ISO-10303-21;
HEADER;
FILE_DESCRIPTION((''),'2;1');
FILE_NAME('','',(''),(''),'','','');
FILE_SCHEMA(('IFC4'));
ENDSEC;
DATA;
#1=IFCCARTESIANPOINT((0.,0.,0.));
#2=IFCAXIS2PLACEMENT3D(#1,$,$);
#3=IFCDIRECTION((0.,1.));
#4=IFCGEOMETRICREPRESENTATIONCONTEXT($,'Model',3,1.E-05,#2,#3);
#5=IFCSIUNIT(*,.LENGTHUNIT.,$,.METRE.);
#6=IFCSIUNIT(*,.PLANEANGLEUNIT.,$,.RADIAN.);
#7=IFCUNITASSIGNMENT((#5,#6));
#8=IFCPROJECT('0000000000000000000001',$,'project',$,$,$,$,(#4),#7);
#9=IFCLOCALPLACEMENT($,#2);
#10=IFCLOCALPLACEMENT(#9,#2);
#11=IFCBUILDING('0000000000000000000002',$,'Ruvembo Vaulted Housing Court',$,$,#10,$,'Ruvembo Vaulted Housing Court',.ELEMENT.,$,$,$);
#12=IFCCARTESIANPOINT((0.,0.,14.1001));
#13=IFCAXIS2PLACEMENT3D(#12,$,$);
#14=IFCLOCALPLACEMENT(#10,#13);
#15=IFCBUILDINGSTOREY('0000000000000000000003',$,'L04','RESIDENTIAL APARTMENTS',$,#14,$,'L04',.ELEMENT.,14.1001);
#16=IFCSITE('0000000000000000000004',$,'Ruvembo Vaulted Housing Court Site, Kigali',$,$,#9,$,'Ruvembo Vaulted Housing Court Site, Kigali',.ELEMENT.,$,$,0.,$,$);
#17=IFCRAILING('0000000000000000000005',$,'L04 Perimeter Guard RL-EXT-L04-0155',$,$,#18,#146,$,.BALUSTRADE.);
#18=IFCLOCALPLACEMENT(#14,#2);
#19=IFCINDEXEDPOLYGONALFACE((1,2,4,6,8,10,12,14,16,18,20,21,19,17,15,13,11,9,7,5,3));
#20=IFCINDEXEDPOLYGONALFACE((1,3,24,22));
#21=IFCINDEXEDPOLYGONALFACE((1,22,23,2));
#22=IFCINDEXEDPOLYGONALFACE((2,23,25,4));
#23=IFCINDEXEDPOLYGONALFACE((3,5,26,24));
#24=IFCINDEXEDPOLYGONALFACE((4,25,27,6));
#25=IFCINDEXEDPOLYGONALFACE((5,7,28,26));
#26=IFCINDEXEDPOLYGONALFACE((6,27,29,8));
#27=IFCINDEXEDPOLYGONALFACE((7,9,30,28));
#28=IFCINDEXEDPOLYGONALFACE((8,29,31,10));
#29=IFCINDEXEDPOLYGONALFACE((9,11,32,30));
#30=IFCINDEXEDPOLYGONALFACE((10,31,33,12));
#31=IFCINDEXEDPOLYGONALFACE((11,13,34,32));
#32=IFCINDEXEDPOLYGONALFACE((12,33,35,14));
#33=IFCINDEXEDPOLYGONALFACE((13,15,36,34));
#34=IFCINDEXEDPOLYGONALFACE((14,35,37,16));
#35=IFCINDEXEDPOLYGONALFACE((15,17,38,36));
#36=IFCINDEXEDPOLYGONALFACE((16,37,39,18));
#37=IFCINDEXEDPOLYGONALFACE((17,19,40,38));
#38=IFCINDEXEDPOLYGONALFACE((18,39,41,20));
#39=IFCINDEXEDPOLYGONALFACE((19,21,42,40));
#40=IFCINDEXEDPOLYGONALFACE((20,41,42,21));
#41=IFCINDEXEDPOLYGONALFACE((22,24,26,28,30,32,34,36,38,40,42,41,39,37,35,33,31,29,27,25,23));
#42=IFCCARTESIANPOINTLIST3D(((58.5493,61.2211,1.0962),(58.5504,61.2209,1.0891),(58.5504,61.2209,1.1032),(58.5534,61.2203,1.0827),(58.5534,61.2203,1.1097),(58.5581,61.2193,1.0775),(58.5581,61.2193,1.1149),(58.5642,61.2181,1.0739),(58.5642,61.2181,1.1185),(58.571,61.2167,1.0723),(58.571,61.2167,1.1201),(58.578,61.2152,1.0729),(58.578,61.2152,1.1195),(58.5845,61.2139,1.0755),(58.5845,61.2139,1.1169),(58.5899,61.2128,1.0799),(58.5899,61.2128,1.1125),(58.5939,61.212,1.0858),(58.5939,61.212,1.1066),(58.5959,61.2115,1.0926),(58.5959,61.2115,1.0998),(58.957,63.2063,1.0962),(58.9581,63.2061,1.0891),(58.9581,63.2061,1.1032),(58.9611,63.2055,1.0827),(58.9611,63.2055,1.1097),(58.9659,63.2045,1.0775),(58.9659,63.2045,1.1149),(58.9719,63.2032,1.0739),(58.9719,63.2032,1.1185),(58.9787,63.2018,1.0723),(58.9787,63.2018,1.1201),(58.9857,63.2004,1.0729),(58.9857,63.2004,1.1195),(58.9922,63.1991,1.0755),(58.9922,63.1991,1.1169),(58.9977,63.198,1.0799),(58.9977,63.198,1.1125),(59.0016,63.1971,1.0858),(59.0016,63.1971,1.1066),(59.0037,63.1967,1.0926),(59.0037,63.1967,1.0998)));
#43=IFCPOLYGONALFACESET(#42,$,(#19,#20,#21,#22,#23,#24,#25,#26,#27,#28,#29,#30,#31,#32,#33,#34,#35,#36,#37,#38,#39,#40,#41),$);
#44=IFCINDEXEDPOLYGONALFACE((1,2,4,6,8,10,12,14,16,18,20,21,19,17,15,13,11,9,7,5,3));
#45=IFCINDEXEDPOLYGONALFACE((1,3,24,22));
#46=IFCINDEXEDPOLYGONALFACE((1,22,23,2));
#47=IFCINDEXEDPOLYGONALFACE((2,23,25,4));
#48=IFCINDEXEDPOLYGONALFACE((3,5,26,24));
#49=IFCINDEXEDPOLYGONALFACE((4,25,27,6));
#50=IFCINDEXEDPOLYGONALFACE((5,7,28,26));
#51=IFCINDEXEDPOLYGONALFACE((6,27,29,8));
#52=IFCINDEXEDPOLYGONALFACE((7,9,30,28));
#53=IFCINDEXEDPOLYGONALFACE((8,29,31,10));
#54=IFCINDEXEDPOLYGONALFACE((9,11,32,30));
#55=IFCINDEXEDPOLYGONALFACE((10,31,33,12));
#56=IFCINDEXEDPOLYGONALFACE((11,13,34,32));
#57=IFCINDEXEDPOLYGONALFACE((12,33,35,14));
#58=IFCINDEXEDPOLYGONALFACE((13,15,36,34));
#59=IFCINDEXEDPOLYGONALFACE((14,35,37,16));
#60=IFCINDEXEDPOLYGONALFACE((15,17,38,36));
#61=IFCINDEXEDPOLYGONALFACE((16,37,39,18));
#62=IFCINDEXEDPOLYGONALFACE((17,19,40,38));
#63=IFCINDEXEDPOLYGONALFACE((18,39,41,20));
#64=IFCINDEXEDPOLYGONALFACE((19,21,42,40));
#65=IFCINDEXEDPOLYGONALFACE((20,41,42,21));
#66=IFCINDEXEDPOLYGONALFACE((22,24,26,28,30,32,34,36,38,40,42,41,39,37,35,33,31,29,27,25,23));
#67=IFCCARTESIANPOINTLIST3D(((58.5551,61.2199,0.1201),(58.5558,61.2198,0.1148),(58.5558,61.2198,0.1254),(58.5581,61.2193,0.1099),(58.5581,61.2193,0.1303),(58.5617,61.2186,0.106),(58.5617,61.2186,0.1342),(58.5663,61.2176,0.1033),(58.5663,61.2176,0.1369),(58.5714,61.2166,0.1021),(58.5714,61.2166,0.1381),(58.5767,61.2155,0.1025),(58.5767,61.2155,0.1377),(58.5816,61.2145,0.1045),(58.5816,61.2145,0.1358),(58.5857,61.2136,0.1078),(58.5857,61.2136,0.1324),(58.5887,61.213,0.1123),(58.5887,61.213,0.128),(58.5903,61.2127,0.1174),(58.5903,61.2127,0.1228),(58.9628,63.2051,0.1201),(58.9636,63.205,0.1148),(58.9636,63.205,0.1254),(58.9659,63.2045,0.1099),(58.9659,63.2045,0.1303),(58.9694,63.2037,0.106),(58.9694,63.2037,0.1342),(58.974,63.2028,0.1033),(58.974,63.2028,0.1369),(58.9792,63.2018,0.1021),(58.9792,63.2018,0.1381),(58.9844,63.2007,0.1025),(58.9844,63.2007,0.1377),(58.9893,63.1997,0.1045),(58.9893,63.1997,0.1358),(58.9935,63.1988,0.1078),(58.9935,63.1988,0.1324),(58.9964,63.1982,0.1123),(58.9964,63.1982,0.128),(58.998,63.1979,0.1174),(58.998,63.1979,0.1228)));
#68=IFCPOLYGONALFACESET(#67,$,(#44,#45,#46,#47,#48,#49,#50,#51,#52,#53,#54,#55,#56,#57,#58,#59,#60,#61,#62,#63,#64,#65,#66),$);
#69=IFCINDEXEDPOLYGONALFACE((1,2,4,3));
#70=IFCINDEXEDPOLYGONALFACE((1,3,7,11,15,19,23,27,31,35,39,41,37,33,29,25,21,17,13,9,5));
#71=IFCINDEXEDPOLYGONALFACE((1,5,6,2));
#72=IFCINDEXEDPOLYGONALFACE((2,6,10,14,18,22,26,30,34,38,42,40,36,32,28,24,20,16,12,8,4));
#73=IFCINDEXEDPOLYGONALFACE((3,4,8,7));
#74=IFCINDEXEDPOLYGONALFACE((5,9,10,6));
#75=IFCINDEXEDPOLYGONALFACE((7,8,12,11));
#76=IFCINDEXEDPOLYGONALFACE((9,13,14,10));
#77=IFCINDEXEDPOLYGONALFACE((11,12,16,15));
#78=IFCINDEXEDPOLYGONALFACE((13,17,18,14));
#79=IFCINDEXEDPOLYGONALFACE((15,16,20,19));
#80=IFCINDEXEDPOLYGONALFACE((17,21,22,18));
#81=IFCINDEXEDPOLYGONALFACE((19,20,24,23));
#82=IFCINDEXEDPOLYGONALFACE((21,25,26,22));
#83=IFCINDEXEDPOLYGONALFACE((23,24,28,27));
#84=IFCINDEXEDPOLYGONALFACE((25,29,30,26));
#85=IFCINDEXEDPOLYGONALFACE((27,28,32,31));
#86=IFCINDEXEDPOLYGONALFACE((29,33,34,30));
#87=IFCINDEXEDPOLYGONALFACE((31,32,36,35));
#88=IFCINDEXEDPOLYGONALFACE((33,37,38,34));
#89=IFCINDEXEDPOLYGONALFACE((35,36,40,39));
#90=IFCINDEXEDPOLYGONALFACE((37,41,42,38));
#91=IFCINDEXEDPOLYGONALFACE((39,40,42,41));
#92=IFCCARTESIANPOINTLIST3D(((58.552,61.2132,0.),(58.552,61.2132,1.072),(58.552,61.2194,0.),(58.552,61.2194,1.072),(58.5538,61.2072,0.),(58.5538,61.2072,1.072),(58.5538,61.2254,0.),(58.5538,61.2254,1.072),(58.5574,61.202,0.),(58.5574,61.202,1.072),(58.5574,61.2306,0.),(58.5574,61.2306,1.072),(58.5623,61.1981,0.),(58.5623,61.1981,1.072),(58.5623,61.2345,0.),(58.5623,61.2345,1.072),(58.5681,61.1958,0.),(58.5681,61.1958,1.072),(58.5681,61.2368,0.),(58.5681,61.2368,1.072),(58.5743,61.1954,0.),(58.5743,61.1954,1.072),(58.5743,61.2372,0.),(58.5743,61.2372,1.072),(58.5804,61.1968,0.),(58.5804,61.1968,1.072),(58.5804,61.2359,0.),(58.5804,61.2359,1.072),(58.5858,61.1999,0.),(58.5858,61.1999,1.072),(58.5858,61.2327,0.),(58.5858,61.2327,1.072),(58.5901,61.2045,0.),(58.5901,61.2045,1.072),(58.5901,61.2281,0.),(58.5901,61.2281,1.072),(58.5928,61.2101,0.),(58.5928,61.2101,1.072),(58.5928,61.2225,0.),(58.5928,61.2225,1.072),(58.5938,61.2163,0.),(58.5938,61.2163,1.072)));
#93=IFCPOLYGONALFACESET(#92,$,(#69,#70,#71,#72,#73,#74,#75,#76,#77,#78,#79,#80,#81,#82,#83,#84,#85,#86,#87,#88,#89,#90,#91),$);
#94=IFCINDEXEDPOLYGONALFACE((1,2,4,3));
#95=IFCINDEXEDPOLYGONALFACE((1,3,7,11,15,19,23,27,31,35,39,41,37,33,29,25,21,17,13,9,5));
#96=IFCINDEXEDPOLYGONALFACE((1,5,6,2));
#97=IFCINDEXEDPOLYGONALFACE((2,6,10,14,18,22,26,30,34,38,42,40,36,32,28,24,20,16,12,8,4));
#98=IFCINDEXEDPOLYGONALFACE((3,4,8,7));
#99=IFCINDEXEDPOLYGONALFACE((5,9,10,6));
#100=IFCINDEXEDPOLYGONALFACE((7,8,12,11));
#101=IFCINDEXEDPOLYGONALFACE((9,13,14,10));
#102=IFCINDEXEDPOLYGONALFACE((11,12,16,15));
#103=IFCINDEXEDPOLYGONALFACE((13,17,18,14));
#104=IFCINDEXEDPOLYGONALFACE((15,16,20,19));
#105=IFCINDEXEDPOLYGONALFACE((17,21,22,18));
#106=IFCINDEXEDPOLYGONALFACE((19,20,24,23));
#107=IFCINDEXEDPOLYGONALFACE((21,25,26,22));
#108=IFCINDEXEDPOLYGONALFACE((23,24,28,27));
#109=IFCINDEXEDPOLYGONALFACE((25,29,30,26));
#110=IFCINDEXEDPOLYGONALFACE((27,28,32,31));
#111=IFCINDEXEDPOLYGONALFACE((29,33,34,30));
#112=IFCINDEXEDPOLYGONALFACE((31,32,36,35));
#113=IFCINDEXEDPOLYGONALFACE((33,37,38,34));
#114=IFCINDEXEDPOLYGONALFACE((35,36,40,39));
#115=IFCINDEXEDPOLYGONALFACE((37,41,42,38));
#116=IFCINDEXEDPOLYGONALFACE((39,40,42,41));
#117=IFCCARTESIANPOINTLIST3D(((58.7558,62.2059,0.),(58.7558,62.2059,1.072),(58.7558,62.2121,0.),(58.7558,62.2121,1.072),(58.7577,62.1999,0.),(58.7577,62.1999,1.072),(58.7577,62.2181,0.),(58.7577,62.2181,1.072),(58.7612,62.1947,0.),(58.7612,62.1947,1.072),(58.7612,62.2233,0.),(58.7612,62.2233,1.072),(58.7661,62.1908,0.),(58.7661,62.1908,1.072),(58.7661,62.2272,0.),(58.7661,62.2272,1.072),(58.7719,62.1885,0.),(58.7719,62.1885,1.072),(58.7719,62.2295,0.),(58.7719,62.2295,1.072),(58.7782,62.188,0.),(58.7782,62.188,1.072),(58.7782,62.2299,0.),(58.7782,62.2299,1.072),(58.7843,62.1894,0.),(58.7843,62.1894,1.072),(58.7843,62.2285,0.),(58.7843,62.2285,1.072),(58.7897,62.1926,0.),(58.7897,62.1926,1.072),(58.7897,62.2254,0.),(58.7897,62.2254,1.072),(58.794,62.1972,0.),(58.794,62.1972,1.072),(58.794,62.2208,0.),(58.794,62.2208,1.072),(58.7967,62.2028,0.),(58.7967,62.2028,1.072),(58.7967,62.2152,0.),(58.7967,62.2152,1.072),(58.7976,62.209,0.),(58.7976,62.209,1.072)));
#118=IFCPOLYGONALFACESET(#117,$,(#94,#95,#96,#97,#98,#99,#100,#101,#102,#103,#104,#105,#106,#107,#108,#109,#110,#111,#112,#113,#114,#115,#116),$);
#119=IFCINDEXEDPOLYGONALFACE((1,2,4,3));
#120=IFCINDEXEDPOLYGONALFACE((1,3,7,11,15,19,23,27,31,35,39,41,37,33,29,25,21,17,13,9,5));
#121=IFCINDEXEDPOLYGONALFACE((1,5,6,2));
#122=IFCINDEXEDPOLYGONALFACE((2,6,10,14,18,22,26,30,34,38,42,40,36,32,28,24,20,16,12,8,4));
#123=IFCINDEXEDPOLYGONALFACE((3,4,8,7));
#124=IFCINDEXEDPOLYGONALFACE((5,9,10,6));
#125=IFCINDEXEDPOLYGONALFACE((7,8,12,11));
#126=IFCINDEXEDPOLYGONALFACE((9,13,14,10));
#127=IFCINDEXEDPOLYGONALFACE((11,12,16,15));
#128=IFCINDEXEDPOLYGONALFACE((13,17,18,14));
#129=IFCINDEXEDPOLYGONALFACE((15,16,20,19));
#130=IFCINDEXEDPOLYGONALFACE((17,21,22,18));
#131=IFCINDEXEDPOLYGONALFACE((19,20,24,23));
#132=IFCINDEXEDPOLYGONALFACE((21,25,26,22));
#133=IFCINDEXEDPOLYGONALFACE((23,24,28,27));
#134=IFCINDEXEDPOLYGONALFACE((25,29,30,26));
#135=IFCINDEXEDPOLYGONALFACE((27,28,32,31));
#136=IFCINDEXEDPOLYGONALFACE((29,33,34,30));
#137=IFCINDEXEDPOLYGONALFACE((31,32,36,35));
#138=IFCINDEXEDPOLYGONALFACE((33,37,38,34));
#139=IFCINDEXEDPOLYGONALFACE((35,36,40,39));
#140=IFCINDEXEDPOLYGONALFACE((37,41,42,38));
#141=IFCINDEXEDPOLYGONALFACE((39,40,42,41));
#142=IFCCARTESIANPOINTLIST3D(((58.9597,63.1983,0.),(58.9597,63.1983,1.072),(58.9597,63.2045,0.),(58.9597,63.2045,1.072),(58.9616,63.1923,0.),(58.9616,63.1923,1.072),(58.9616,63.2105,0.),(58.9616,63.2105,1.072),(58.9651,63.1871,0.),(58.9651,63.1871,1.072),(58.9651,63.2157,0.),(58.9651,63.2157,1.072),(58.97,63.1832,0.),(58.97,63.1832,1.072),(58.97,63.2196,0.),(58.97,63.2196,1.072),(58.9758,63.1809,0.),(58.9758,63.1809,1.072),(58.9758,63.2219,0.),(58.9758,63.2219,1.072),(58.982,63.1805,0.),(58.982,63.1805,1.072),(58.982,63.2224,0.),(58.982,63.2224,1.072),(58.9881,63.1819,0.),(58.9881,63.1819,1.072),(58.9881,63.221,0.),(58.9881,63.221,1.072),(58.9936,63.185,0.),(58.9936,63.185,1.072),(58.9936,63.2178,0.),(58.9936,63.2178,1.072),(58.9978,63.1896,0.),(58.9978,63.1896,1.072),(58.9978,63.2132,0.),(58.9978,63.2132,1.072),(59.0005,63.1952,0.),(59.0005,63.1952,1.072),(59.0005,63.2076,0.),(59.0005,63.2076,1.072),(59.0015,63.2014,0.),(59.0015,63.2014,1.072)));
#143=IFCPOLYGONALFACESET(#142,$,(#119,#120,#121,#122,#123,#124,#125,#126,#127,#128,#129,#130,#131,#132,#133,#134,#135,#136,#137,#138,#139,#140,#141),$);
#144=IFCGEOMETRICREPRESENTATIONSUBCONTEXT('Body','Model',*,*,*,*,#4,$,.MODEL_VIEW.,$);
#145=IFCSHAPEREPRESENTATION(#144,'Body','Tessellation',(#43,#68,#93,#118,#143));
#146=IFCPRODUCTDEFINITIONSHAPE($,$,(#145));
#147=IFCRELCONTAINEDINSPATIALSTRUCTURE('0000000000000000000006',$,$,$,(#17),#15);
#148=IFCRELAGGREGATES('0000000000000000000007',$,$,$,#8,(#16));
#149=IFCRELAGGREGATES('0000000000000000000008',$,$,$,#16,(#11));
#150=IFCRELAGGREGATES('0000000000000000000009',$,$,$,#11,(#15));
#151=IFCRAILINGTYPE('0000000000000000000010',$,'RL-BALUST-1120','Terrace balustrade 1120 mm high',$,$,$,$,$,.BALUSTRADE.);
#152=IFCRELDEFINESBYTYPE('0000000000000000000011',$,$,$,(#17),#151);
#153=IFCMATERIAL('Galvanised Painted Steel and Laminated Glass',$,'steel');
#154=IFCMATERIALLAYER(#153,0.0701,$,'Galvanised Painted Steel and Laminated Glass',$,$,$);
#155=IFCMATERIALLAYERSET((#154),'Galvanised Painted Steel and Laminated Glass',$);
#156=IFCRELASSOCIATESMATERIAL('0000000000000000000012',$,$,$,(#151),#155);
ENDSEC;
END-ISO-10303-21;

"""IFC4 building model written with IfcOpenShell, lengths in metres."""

from ifc_helpers import new_model, si_unit, direction, frame, origin, origin_2d, place, context, subcontext, project, spatial, circle, extrude, material, layer, layer_set, type_object, element, save


model = new_model("IFC4")

# Units and contexts
model_context = context("Model", 3, precision=1e-05, world=origin(), true_north=direction((0.0, 1.0)))
body_context = subcontext(model_context, "Body", "Model", "MODEL_VIEW")
ifc_project = project(units=[si_unit("LENGTHUNIT", "METRE"), si_unit("PLANEANGLEUNIT", "RADIAN")], contexts=[model_context])

# Site, building, storey
site_placement = place(None, origin())
site = spatial("IfcSite", under=ifc_project, at=site_placement, Name="Ruvembo Vaulted Housing Court Site, Kigali", LongName="Ruvembo Vaulted Housing Court Site, Kigali", CompositionType="ELEMENT", RefElevation=0.0)
building_placement = place(site_placement, origin())
building = spatial("IfcBuilding", under=site, at=building_placement, Name="Ruvembo Vaulted Housing Court", LongName="Ruvembo Vaulted Housing Court", CompositionType="ELEMENT")
storey_placement = place(building_placement, frame((0.0, 0.0, 14.1001)))
storey = spatial("IfcBuildingStorey", under=building, at=storey_placement, Name="L04", Description="RESIDENTIAL APARTMENTS", LongName="L04", CompositionType="ELEMENT", Elevation=14.1001)

# Railing
ifc_material_1 = material(Name="Galvanised Painted Steel and Laminated Glass", Category="steel")
ifc_layer_1 = layer(ifc_material_1, 0.0701, Name="Galvanised Painted Steel and Laminated Glass")
ifc_layer_set_1 = layer_set([ifc_layer_1], Name="Galvanised Painted Steel and Laminated Glass")
railing_type = type_object("IfcRailingType", Name="RL-BALUST-1120", Description="Terrace balustrade 1120 mm high", PredefinedType="BALUSTRADE", material=ifc_layer_set_1)
railing_1_placement = place(storey_placement, frame((58.5728, 61.2163, 0.0)))
element("IfcRailing", 1, at=railing_1_placement, inside=storey, type_object=railing_type, Name="L04 Perimeter Guard RL-EXT-L04-0155", PredefinedType="BALUSTRADE", context=body_context, shape_type="SweptSolid", body=[
    extrude(circle(Radius=0.0239, at=origin_2d()), frame((0.0, 0.0, 1.0962), z_axis=(0.201187, 0.979553, 0.0), x_axis=(-0.979553, 0.201187, 0.0)), (0.0, 0.0, 1.0), 2.0266),
    extrude(circle(Radius=0.0181, at=origin_2d()), frame((0.0, 0.0, 0.1201), z_axis=(0.201187, 0.979553, 0.0), x_axis=(-0.979553, 0.201187, 0.0)), (0.0, 0.0, 1.0), 2.0266),
    extrude(circle(Radius=0.021, at=origin_2d()), origin(), (0.0, 0.0, 1.0), 1.072),
    extrude(circle(Radius=0.021, at=origin_2d()), frame((0.2039, 0.9927, 0.0)), (0.0, 0.0, 1.0), 1.072),
    extrude(circle(Radius=0.021, at=origin_2d()), frame((0.4077, 1.9851, 0.0)), (0.0, 0.0, 1.0), 1.072),
])

save(model, "model.ifc")
